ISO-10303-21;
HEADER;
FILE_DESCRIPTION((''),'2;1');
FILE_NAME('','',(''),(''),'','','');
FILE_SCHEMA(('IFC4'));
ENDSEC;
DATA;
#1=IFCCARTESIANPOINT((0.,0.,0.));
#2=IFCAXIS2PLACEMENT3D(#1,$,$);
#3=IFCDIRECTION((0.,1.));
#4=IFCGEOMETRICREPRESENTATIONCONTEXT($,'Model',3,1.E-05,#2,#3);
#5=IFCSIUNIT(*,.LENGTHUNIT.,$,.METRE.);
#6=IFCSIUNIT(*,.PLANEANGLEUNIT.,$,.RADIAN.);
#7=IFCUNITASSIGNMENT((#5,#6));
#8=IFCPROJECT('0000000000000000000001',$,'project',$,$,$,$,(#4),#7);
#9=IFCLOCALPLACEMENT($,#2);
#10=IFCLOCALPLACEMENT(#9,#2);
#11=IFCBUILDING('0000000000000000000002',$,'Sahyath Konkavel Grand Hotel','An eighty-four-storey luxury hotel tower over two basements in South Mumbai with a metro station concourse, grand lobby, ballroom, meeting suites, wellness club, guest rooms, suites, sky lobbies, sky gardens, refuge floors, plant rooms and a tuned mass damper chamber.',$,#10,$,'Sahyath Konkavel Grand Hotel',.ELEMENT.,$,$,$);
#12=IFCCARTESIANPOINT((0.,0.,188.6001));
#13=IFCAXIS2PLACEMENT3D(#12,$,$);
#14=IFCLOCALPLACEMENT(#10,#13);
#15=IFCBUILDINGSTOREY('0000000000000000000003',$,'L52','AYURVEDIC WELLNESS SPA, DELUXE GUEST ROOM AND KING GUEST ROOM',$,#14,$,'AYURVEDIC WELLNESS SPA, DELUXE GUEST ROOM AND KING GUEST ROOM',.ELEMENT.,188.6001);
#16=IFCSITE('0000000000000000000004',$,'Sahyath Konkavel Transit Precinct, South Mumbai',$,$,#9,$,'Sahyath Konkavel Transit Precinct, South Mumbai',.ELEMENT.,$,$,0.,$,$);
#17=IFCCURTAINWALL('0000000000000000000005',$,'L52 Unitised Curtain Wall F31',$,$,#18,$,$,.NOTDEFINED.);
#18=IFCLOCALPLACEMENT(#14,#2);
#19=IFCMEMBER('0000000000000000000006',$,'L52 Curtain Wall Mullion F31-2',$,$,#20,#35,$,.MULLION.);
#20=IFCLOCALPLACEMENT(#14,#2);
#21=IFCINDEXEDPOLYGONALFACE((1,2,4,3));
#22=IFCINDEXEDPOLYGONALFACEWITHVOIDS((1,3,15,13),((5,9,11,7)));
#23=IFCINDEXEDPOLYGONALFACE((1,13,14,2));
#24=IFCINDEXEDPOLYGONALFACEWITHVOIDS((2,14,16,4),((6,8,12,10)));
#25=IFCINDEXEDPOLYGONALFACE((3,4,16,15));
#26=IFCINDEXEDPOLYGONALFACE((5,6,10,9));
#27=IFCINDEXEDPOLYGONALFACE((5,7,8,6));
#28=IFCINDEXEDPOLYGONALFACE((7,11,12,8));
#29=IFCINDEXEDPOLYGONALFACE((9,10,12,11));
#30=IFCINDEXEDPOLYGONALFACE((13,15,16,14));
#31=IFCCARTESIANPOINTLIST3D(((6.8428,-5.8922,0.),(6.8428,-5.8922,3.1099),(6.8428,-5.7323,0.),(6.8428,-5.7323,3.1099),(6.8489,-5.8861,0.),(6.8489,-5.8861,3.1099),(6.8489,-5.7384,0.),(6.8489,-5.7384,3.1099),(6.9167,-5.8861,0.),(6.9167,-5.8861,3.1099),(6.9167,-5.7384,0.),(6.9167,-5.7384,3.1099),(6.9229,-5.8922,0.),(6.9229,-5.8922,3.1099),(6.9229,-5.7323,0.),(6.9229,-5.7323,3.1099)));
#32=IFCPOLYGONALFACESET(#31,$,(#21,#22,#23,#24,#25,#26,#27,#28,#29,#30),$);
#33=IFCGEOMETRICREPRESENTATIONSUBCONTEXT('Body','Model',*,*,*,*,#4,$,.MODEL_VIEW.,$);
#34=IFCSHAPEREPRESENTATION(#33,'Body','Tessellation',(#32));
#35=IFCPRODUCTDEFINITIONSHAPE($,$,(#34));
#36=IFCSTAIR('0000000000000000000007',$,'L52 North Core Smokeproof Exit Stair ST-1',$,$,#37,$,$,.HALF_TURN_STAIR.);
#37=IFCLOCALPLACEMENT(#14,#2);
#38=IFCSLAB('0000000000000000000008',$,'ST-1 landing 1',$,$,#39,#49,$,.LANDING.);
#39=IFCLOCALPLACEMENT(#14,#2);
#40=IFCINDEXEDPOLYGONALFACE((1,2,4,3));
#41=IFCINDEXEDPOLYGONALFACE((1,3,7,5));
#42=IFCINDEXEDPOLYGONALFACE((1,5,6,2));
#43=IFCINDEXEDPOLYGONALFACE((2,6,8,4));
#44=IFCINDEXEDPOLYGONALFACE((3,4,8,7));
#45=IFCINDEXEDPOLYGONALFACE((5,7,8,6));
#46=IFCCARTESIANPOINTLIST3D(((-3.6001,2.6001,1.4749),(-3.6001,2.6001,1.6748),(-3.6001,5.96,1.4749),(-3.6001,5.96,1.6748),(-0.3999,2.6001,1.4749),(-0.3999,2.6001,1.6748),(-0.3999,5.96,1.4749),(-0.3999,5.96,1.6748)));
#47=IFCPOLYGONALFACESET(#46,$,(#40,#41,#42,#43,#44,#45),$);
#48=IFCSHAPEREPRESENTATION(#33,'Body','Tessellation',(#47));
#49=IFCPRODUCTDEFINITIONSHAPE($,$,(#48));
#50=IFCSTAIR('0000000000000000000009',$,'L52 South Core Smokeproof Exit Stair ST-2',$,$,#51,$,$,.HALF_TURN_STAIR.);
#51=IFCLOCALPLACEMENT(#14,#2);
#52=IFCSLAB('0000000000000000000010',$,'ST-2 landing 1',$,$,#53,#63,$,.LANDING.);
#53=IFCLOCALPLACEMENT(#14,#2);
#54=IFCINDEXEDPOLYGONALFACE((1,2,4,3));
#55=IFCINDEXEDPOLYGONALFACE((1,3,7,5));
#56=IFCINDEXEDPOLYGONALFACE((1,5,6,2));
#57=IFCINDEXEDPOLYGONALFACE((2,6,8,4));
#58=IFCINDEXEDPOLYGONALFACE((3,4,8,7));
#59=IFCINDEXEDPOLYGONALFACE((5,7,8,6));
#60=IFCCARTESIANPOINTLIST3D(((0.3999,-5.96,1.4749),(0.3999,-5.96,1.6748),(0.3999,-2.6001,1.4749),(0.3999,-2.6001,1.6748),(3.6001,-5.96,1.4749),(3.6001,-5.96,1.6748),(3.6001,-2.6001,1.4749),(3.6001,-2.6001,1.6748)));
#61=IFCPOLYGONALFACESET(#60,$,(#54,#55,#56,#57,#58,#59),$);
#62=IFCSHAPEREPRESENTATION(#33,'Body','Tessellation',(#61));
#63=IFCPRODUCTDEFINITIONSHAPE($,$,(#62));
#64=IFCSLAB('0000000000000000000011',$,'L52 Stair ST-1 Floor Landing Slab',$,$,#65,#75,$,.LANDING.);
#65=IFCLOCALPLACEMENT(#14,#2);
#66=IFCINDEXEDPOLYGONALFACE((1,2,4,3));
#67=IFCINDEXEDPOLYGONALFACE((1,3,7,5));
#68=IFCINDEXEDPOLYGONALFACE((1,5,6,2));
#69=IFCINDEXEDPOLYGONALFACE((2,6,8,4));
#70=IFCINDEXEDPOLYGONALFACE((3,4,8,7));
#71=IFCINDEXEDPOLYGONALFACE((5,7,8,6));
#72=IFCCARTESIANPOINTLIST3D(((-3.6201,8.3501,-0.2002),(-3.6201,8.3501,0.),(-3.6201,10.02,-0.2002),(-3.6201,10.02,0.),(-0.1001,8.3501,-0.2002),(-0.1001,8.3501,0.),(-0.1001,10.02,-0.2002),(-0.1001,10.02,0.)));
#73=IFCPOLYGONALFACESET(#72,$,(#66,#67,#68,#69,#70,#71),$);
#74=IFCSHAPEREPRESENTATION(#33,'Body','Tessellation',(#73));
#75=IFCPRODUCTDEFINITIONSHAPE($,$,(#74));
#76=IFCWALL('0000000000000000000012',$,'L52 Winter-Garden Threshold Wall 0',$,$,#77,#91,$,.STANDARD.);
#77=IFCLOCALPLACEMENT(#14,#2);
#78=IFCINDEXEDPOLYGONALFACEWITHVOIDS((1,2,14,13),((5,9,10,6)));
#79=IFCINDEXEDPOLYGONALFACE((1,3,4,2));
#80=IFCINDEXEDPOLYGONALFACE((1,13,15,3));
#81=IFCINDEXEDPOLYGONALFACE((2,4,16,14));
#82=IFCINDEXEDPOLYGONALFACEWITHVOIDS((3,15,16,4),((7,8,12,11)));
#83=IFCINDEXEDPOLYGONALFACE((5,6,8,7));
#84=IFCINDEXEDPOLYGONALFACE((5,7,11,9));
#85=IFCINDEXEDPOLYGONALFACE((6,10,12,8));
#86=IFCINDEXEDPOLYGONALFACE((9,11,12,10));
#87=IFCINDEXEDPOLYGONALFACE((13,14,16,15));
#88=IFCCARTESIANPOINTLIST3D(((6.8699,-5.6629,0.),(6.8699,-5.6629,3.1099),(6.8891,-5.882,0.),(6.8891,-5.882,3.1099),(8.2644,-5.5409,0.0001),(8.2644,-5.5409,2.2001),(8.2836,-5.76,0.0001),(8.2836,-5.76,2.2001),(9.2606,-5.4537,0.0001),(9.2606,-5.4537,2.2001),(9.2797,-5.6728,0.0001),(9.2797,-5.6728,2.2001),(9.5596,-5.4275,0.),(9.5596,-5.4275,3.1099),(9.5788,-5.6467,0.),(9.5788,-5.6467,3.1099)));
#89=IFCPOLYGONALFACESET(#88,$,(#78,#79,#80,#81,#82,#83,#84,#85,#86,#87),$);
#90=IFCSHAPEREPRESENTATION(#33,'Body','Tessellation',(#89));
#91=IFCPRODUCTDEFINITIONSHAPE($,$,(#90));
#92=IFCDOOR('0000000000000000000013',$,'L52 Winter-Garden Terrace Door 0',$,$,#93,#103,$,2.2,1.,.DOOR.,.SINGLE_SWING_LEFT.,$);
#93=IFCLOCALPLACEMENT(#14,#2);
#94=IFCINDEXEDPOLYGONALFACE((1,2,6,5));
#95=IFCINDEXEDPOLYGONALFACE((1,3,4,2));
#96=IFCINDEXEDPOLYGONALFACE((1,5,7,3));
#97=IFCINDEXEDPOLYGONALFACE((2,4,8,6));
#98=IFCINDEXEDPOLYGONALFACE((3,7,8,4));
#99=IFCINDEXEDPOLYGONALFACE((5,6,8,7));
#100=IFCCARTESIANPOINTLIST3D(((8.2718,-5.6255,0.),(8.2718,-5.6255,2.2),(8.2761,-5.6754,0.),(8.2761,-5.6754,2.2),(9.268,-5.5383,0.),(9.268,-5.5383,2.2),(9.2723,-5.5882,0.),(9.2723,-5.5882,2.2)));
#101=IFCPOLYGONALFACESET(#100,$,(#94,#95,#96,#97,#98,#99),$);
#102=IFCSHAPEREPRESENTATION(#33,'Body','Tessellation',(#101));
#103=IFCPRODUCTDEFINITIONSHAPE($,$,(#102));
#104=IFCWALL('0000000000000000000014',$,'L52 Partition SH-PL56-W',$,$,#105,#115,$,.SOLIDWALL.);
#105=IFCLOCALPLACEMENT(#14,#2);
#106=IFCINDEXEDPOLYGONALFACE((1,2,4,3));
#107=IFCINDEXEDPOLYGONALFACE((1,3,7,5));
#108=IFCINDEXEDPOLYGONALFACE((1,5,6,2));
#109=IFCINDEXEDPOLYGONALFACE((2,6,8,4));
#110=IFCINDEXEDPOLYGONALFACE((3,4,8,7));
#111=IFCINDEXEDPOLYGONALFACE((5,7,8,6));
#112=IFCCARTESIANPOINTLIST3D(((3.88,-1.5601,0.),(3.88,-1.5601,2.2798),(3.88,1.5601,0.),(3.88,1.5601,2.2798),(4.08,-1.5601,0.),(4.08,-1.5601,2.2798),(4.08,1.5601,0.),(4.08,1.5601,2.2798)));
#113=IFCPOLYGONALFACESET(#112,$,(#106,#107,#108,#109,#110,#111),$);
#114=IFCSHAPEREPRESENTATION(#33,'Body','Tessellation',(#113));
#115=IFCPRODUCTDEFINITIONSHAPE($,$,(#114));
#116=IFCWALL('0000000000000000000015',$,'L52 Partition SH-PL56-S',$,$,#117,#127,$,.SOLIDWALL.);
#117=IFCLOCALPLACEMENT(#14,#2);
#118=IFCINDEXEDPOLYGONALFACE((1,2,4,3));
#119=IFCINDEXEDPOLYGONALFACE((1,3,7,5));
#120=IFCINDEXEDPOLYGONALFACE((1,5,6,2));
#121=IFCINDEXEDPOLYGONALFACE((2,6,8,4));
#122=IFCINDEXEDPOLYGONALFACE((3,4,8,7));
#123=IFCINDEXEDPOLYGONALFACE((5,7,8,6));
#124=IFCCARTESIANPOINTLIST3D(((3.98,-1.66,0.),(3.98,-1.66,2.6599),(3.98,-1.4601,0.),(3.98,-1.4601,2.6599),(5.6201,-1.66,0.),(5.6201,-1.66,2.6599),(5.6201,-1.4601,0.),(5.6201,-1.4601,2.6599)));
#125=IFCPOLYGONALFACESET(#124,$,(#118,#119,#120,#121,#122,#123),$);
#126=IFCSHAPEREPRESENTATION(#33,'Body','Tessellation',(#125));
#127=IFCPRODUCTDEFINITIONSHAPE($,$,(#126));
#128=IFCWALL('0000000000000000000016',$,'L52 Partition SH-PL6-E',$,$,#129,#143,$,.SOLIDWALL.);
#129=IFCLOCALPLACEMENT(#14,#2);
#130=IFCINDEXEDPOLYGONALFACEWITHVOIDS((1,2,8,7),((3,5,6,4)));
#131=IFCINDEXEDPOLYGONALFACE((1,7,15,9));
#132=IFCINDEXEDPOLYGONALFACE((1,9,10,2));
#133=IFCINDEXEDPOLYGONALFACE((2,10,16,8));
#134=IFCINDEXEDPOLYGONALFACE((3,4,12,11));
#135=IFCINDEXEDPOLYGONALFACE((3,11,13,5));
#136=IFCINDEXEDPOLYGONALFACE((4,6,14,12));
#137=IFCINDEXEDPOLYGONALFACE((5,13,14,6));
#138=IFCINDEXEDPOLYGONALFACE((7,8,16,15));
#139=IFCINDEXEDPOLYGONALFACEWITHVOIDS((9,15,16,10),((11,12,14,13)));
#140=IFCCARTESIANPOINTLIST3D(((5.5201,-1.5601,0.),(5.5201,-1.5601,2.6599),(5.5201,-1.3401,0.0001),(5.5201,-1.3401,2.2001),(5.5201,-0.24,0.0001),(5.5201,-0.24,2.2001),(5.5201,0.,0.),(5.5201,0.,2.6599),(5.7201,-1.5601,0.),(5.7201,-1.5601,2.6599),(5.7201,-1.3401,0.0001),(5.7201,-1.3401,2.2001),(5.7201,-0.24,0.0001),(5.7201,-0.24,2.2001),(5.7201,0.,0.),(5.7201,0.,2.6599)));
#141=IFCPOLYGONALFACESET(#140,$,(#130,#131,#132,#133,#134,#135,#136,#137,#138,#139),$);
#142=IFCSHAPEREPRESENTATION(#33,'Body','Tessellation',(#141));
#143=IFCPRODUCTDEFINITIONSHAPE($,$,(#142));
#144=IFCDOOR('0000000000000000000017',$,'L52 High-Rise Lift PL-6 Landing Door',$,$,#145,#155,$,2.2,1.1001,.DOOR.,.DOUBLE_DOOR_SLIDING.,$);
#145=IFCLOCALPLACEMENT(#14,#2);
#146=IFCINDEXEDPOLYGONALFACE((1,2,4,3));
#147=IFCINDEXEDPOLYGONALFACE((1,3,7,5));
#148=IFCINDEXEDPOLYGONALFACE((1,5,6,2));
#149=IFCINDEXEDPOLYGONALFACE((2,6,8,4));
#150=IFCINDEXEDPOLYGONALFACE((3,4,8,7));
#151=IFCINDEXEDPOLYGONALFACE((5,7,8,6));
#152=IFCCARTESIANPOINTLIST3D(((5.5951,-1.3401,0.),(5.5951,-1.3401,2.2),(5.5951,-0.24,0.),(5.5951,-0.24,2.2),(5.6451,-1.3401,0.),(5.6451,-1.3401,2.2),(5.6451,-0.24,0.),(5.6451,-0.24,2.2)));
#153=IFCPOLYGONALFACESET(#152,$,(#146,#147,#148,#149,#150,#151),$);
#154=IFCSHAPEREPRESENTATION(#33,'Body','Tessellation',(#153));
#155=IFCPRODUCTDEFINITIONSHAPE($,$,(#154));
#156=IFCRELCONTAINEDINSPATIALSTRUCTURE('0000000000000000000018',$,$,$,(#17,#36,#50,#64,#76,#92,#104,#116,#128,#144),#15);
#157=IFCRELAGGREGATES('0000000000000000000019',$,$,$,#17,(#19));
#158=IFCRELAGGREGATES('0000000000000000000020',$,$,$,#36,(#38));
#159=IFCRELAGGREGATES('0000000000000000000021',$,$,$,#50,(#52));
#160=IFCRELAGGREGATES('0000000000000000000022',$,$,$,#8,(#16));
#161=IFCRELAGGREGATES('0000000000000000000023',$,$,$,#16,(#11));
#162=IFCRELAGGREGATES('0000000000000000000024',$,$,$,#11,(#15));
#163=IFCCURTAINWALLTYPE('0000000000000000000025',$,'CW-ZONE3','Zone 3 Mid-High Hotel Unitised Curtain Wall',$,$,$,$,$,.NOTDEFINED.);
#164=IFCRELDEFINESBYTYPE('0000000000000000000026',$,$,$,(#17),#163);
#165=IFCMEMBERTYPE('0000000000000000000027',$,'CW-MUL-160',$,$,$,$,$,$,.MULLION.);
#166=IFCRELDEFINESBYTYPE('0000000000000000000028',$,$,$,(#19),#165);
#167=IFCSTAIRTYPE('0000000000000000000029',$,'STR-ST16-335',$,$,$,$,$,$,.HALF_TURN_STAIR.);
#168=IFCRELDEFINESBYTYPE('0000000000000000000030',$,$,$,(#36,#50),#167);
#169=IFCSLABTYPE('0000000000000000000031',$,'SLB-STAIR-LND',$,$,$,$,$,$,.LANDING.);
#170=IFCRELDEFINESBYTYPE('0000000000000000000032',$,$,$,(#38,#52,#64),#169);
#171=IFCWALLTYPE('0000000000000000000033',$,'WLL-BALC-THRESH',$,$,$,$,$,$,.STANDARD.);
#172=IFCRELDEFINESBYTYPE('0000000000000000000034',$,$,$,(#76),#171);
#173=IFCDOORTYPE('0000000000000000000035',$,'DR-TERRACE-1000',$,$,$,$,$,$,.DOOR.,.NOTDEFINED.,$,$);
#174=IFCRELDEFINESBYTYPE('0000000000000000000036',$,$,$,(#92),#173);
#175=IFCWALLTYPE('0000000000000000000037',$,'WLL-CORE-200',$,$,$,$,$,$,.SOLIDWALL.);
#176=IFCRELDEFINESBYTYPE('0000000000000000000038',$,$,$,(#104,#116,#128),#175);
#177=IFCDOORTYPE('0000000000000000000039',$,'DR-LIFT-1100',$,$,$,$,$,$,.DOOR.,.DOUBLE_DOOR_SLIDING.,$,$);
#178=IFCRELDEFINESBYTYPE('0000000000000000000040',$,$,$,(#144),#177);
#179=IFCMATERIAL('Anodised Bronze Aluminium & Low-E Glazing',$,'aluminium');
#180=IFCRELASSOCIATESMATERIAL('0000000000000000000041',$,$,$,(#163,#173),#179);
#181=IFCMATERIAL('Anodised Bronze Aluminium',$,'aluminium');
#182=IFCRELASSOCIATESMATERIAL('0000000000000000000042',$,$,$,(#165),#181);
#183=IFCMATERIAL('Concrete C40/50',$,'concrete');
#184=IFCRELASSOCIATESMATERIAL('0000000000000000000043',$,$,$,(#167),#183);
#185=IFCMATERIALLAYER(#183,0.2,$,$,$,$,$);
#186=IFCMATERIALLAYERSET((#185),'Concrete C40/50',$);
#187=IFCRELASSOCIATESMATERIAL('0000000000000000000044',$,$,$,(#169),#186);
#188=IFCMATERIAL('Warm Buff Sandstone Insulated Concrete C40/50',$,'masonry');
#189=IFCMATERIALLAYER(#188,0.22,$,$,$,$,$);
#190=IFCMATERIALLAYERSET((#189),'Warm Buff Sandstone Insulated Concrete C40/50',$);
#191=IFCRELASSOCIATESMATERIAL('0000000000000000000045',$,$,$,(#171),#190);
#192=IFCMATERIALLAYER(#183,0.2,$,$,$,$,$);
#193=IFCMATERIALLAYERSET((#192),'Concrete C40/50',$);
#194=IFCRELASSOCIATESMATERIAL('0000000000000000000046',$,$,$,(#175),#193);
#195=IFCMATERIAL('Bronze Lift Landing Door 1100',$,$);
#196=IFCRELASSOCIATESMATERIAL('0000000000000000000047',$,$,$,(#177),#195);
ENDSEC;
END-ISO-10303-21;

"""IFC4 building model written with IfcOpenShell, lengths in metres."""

from ifc_helpers import new_model, si_unit, direction, frame, frame_2d, origin, origin_2d, place, context, subcontext, project, spatial, polyline, rectangle, hollow_rectangle, outline, extrude, source, transform, mapped, material, layer, layer_set, material_profile, profile_set, type_object, element, fill, aggregate, save


model = new_model("IFC4")

# Units and contexts
model_context = context("Model", 3, precision=1e-05, world=origin(), true_north=direction((0.0, 1.0)))
body_context = subcontext(model_context, "Body", "Model", "MODEL_VIEW")
ifc_project = project(units=[si_unit("LENGTHUNIT", "METRE"), si_unit("PLANEANGLEUNIT", "RADIAN")], contexts=[model_context])

# Site, building, storey
site_placement = place(None, origin())
site = spatial("IfcSite", under=ifc_project, at=site_placement, Name="Sahyath Konkavel Transit Precinct, South Mumbai", LongName="Sahyath Konkavel Transit Precinct, South Mumbai", CompositionType="ELEMENT", RefElevation=0.0)
building_placement = place(site_placement, origin())
building = spatial("IfcBuilding", under=site, at=building_placement, Name="Sahyath Konkavel Grand Hotel", Description="An eighty-four-storey luxury hotel tower over two basements in South Mumbai with a metro station concourse, grand lobby, ballroom, meeting suites, wellness club, guest rooms, suites, sky lobbies, sky gardens, refuge floors, plant rooms and a tuned mass damper chamber.", LongName="Sahyath Konkavel Grand Hotel", CompositionType="ELEMENT")
storey_placement = place(building_placement, frame((0.0, 0.0, 188.6001)))
storey = spatial("IfcBuildingStorey", under=building, at=storey_placement, Name="L52", Description="AYURVEDIC WELLNESS SPA, DELUXE GUEST ROOM AND KING GUEST ROOM", LongName="AYURVEDIC WELLNESS SPA, DELUXE GUEST ROOM AND KING GUEST ROOM", CompositionType="ELEMENT", Elevation=188.6001)

# Curtain wall, member
ifc_material_1 = material(Name="Anodised Bronze Aluminium & Low-E Glazing", Category="aluminium")
curtain_wall_type = type_object("IfcCurtainWallType", Name="CW-ZONE3", Description="Zone 3 Mid-High Hotel Unitised Curtain Wall", PredefinedType="NOTDEFINED", material=ifc_material_1)
curtain_wall_placement = place(storey_placement, origin())
curtain_wall = element("IfcCurtainWall", 1, at=curtain_wall_placement, inside=storey, type_object=curtain_wall_type, Name="L52 Unitised Curtain Wall F31", PredefinedType="NOTDEFINED")
ifc_material_2 = material(Name="Anodised Bronze Aluminium", Category="aluminium")
ifc_material_profile_1 = material_profile(ifc_material_2, hollow_rectangle(XDim=0.0801, YDim=0.1599, WallThickness=0.0061, at=origin_2d()), Name="RHS 160x80x6")
ifc_profile_set_1 = profile_set([ifc_material_profile_1], Name="Anodised Bronze Aluminium")
member_type = type_object("IfcMemberType", Name="CW-MUL-160", PredefinedType="MULLION", material=ifc_profile_set_1)
shared_shape_1 = source(origin(), body_context, "Body", "SweptSolid", [
    extrude(hollow_rectangle(XDim=0.0801, YDim=0.1599, WallThickness=0.0061, at=origin_2d()), origin(), (0.0, 0.0, 1.0), 3.1099),
])
member_placement = place(storey_placement, frame((6.8828, -5.8123, 0.0), z_axis=(0.0, 0.0, 1.0), x_axis=(1.0, 0.0, 0.0)))
member = element("IfcMember", 2, at=member_placement, type_object=member_type, Name="L52 Curtain Wall Mullion F31-2", PredefinedType="MULLION", context=body_context, shape_type="MappedRepresentation", body=[
    mapped(shared_shape_1, transform((0.0, 0.0, 0.0), scale=1.0)),
])
aggregate(curtain_wall, [member])

# Stairs, slabs
ifc_material_3 = material(Name="Concrete C40/50", Category="concrete")
stair_type = type_object("IfcStairType", Name="STR-ST16-335", PredefinedType="HALF_TURN_STAIR", material=ifc_material_3)
stair_1_placement = place(storey_placement, origin())
stair_1 = element("IfcStair", 3, at=stair_1_placement, inside=storey, type_object=stair_type, Name="L52 North Core Smokeproof Exit Stair ST-1", PredefinedType="HALF_TURN_STAIR")
ifc_layer_1 = layer(ifc_material_3, 0.2)
ifc_layer_set_1 = layer_set([ifc_layer_1], Name="Concrete C40/50")
slab_type = type_object("IfcSlabType", Name="SLB-STAIR-LND", PredefinedType="LANDING", material=ifc_layer_set_1)
slab_1_placement = place(storey_placement, frame((0.0, 0.0, 1.4749)))
slab_1 = element("IfcSlab", 4, at=slab_1_placement, type_object=slab_type, Name="ST-1 landing 1", PredefinedType="LANDING", context=body_context, shape_type="SweptSolid", body=[
    extrude(outline(polyline([(-3.6001, 5.96), (-3.6001, 2.6001), (-0.3999, 2.6001), (-0.3999, 5.96), (-3.6001, 5.96)])), origin(), (0.0, 0.0, 1.0), 0.2),
])
aggregate(stair_1, [slab_1])
stair_2_placement = place(storey_placement, origin())
stair_2 = element("IfcStair", 5, at=stair_2_placement, inside=storey, type_object=stair_type, Name="L52 South Core Smokeproof Exit Stair ST-2", PredefinedType="HALF_TURN_STAIR")
slab_2_placement = place(storey_placement, frame((0.0, 0.0, 1.4749)))
slab_2 = element("IfcSlab", 6, at=slab_2_placement, type_object=slab_type, Name="ST-2 landing 1", PredefinedType="LANDING", context=body_context, shape_type="SweptSolid", body=[
    extrude(outline(polyline([(3.6001, -5.96), (3.6001, -2.6001), (0.3999, -2.6001), (0.3999, -5.96), (3.6001, -5.96)])), origin(), (0.0, 0.0, 1.0), 0.2),
])

# Slab
slab_3_placement = place(storey_placement, frame((0.0, 0.0, -0.2002)))
element("IfcSlab", 7, at=slab_3_placement, inside=storey, type_object=slab_type, Name="L52 Stair ST-1 Floor Landing Slab", PredefinedType="LANDING", context=body_context, shape_type="SweptSolid", body=[
    extrude(outline(polyline([(-3.6201, 8.3501), (-0.1001, 8.3501), (-0.1001, 10.02), (-3.6201, 10.02), (-3.6201, 8.3501)])), origin(), (0.0, 0.0, 1.0), 0.2002),
])

# Wall, opening, door
ifc_material_4 = material(Name="Warm Buff Sandstone Insulated Concrete C40/50", Category="masonry")
ifc_layer_2 = layer(ifc_material_4, 0.22)
ifc_layer_set_2 = layer_set([ifc_layer_2], Name="Warm Buff Sandstone Insulated Concrete C40/50")
wall_type_1 = type_object("IfcWallType", Name="WLL-BALC-THRESH", PredefinedType="STANDARD", material=ifc_layer_set_2)
wall_1_placement = place(storey_placement, frame((6.8794, -5.7725, 0.0), z_axis=(0.0, 0.0, 1.0), x_axis=(0.996194, 0.087168, 0.0)))
wall_1 = element("IfcWall", 8, at=wall_1_placement, inside=storey, type_object=wall_type_1, Name="L52 Winter-Garden Threshold Wall 0", PredefinedType="STANDARD", context=body_context, shape_type="SweptSolid", body=[
    extrude(rectangle(XDim=2.7, YDim=0.22, at=frame_2d((1.3501, 0.0))), origin(), (0.0, 0.0, 1.0), 3.1099),
])
opening_1_placement = place(wall_1_placement, frame((1.3999, 0.0, 0.0)))
opening_1 = element("IfcOpeningElement", 9, at=opening_1_placement, cuts=wall_1, PredefinedType="OPENING", context=body_context, shape_type="SweptSolid", body=[
    extrude(rectangle(XDim=1.0, YDim=2.2, at=frame_2d((0.5, 1.1001))), frame((0.0, 0.1201, 0.0), z_axis=(0.0, -1.0, 0.0), x_axis=(1.0, 0.0, 0.0)), (0.0, 0.0, 1.0), 0.24),
])
door_type_1 = type_object("IfcDoorType", Name="DR-TERRACE-1000", OperationType="NOTDEFINED", PredefinedType="DOOR", material=ifc_material_1)
shared_shape_2 = source(origin(), body_context, "Body", "SweptSolid", [
    extrude(rectangle(XDim=1.0, YDim=0.05, at=origin_2d()), origin(), (0.0, 0.0, 1.0), 2.2),
])
door_1_placement = place(opening_1_placement, frame((0.5, 0.0, 0.0)))
door_1 = element("IfcDoor", 10, at=door_1_placement, inside=storey, type_object=door_type_1, Name="L52 Winter-Garden Terrace Door 0", OperationType="SINGLE_SWING_LEFT", OverallHeight=2.2, OverallWidth=1.0, PredefinedType="DOOR", context=body_context, shape_type="MappedRepresentation", body=[
    mapped(shared_shape_2, transform((0.0, 0.0, 0.0), scale=1.0)),
])
fill(opening_1, door_1)

# Walls
ifc_layer_3 = layer(ifc_material_3, 0.2)
ifc_layer_set_3 = layer_set([ifc_layer_3], Name="Concrete C40/50")
wall_type_2 = type_object("IfcWallType", Name="WLL-CORE-200", PredefinedType="SOLIDWALL", material=ifc_layer_set_3)
wall_2_placement = place(storey_placement, frame((3.98, -1.5601, 0.0), z_axis=(0.0, 0.0, 1.0), x_axis=(0.0, 1.0, 0.0)))
element("IfcWall", 11, at=wall_2_placement, inside=storey, type_object=wall_type_2, Name="L52 Partition SH-PL56-W", PredefinedType="SOLIDWALL", context=body_context, shape_type="SweptSolid", body=[
    extrude(rectangle(XDim=3.1201, YDim=0.2, at=frame_2d((1.5601, 0.0))), origin(), (0.0, 0.0, 1.0), 2.2798),
])
wall_3_placement = place(storey_placement, frame((3.98, -1.5601, 0.0), z_axis=(0.0, 0.0, 1.0), x_axis=(1.0, 0.0, 0.0)))
element("IfcWall", 12, at=wall_3_placement, inside=storey, type_object=wall_type_2, Name="L52 Partition SH-PL56-S", PredefinedType="SOLIDWALL", context=body_context, shape_type="SweptSolid", body=[
    extrude(rectangle(XDim=1.6401, YDim=0.2, at=frame_2d((0.8201, 0.0))), origin(), (0.0, 0.0, 1.0), 2.6599),
])

# Wall, opening, door
wall_4_placement = place(storey_placement, frame((5.6201, -1.5601, 0.0), z_axis=(0.0, 0.0, 1.0), x_axis=(0.0, 1.0, 0.0)))
wall_4 = element("IfcWall", 13, at=wall_4_placement, inside=storey, type_object=wall_type_2, Name="L52 Partition SH-PL6-E", PredefinedType="SOLIDWALL", context=body_context, shape_type="SweptSolid", body=[
    extrude(rectangle(XDim=1.5601, YDim=0.2, at=frame_2d((0.78, 0.0))), origin(), (0.0, 0.0, 1.0), 2.6599),
])
opening_2_placement = place(wall_4_placement, frame((0.22, 0.0, 0.0)))
opening_2 = element("IfcOpeningElement", 14, at=opening_2_placement, cuts=wall_4, PredefinedType="OPENING", context=body_context, shape_type="SweptSolid", body=[
    extrude(rectangle(XDim=1.1001, YDim=2.2, at=frame_2d((0.55, 1.1001))), frame((0.0, 0.1099, 0.0), z_axis=(0.0, -1.0, 0.0), x_axis=(1.0, 0.0, 0.0)), (0.0, 0.0, 1.0), 0.22),
])
ifc_material_5 = material(Name="Bronze Lift Landing Door 1100")
door_type_2 = type_object("IfcDoorType", Name="DR-LIFT-1100", OperationType="DOUBLE_DOOR_SLIDING", PredefinedType="DOOR", material=ifc_material_5)
shared_shape_3 = source(origin(), body_context, "Body", "SweptSolid", [
    extrude(rectangle(XDim=1.1001, YDim=0.05, at=origin_2d()), origin(), (0.0, 0.0, 1.0), 2.2),
])
door_2_placement = place(opening_2_placement, frame((0.55, 0.0, 0.0)))
door_2 = element("IfcDoor", 15, at=door_2_placement, inside=storey, type_object=door_type_2, Name="L52 High-Rise Lift PL-6 Landing Door", OperationType="DOUBLE_DOOR_SLIDING", OverallHeight=2.2, OverallWidth=1.1001, PredefinedType="DOOR", context=body_context, shape_type="MappedRepresentation", body=[
    mapped(shared_shape_3, transform((0.0, 0.0, 0.0), scale=1.0)),
])
fill(opening_2, door_2)

aggregate(stair_2, [slab_2])

save(model, "model.ifc")
